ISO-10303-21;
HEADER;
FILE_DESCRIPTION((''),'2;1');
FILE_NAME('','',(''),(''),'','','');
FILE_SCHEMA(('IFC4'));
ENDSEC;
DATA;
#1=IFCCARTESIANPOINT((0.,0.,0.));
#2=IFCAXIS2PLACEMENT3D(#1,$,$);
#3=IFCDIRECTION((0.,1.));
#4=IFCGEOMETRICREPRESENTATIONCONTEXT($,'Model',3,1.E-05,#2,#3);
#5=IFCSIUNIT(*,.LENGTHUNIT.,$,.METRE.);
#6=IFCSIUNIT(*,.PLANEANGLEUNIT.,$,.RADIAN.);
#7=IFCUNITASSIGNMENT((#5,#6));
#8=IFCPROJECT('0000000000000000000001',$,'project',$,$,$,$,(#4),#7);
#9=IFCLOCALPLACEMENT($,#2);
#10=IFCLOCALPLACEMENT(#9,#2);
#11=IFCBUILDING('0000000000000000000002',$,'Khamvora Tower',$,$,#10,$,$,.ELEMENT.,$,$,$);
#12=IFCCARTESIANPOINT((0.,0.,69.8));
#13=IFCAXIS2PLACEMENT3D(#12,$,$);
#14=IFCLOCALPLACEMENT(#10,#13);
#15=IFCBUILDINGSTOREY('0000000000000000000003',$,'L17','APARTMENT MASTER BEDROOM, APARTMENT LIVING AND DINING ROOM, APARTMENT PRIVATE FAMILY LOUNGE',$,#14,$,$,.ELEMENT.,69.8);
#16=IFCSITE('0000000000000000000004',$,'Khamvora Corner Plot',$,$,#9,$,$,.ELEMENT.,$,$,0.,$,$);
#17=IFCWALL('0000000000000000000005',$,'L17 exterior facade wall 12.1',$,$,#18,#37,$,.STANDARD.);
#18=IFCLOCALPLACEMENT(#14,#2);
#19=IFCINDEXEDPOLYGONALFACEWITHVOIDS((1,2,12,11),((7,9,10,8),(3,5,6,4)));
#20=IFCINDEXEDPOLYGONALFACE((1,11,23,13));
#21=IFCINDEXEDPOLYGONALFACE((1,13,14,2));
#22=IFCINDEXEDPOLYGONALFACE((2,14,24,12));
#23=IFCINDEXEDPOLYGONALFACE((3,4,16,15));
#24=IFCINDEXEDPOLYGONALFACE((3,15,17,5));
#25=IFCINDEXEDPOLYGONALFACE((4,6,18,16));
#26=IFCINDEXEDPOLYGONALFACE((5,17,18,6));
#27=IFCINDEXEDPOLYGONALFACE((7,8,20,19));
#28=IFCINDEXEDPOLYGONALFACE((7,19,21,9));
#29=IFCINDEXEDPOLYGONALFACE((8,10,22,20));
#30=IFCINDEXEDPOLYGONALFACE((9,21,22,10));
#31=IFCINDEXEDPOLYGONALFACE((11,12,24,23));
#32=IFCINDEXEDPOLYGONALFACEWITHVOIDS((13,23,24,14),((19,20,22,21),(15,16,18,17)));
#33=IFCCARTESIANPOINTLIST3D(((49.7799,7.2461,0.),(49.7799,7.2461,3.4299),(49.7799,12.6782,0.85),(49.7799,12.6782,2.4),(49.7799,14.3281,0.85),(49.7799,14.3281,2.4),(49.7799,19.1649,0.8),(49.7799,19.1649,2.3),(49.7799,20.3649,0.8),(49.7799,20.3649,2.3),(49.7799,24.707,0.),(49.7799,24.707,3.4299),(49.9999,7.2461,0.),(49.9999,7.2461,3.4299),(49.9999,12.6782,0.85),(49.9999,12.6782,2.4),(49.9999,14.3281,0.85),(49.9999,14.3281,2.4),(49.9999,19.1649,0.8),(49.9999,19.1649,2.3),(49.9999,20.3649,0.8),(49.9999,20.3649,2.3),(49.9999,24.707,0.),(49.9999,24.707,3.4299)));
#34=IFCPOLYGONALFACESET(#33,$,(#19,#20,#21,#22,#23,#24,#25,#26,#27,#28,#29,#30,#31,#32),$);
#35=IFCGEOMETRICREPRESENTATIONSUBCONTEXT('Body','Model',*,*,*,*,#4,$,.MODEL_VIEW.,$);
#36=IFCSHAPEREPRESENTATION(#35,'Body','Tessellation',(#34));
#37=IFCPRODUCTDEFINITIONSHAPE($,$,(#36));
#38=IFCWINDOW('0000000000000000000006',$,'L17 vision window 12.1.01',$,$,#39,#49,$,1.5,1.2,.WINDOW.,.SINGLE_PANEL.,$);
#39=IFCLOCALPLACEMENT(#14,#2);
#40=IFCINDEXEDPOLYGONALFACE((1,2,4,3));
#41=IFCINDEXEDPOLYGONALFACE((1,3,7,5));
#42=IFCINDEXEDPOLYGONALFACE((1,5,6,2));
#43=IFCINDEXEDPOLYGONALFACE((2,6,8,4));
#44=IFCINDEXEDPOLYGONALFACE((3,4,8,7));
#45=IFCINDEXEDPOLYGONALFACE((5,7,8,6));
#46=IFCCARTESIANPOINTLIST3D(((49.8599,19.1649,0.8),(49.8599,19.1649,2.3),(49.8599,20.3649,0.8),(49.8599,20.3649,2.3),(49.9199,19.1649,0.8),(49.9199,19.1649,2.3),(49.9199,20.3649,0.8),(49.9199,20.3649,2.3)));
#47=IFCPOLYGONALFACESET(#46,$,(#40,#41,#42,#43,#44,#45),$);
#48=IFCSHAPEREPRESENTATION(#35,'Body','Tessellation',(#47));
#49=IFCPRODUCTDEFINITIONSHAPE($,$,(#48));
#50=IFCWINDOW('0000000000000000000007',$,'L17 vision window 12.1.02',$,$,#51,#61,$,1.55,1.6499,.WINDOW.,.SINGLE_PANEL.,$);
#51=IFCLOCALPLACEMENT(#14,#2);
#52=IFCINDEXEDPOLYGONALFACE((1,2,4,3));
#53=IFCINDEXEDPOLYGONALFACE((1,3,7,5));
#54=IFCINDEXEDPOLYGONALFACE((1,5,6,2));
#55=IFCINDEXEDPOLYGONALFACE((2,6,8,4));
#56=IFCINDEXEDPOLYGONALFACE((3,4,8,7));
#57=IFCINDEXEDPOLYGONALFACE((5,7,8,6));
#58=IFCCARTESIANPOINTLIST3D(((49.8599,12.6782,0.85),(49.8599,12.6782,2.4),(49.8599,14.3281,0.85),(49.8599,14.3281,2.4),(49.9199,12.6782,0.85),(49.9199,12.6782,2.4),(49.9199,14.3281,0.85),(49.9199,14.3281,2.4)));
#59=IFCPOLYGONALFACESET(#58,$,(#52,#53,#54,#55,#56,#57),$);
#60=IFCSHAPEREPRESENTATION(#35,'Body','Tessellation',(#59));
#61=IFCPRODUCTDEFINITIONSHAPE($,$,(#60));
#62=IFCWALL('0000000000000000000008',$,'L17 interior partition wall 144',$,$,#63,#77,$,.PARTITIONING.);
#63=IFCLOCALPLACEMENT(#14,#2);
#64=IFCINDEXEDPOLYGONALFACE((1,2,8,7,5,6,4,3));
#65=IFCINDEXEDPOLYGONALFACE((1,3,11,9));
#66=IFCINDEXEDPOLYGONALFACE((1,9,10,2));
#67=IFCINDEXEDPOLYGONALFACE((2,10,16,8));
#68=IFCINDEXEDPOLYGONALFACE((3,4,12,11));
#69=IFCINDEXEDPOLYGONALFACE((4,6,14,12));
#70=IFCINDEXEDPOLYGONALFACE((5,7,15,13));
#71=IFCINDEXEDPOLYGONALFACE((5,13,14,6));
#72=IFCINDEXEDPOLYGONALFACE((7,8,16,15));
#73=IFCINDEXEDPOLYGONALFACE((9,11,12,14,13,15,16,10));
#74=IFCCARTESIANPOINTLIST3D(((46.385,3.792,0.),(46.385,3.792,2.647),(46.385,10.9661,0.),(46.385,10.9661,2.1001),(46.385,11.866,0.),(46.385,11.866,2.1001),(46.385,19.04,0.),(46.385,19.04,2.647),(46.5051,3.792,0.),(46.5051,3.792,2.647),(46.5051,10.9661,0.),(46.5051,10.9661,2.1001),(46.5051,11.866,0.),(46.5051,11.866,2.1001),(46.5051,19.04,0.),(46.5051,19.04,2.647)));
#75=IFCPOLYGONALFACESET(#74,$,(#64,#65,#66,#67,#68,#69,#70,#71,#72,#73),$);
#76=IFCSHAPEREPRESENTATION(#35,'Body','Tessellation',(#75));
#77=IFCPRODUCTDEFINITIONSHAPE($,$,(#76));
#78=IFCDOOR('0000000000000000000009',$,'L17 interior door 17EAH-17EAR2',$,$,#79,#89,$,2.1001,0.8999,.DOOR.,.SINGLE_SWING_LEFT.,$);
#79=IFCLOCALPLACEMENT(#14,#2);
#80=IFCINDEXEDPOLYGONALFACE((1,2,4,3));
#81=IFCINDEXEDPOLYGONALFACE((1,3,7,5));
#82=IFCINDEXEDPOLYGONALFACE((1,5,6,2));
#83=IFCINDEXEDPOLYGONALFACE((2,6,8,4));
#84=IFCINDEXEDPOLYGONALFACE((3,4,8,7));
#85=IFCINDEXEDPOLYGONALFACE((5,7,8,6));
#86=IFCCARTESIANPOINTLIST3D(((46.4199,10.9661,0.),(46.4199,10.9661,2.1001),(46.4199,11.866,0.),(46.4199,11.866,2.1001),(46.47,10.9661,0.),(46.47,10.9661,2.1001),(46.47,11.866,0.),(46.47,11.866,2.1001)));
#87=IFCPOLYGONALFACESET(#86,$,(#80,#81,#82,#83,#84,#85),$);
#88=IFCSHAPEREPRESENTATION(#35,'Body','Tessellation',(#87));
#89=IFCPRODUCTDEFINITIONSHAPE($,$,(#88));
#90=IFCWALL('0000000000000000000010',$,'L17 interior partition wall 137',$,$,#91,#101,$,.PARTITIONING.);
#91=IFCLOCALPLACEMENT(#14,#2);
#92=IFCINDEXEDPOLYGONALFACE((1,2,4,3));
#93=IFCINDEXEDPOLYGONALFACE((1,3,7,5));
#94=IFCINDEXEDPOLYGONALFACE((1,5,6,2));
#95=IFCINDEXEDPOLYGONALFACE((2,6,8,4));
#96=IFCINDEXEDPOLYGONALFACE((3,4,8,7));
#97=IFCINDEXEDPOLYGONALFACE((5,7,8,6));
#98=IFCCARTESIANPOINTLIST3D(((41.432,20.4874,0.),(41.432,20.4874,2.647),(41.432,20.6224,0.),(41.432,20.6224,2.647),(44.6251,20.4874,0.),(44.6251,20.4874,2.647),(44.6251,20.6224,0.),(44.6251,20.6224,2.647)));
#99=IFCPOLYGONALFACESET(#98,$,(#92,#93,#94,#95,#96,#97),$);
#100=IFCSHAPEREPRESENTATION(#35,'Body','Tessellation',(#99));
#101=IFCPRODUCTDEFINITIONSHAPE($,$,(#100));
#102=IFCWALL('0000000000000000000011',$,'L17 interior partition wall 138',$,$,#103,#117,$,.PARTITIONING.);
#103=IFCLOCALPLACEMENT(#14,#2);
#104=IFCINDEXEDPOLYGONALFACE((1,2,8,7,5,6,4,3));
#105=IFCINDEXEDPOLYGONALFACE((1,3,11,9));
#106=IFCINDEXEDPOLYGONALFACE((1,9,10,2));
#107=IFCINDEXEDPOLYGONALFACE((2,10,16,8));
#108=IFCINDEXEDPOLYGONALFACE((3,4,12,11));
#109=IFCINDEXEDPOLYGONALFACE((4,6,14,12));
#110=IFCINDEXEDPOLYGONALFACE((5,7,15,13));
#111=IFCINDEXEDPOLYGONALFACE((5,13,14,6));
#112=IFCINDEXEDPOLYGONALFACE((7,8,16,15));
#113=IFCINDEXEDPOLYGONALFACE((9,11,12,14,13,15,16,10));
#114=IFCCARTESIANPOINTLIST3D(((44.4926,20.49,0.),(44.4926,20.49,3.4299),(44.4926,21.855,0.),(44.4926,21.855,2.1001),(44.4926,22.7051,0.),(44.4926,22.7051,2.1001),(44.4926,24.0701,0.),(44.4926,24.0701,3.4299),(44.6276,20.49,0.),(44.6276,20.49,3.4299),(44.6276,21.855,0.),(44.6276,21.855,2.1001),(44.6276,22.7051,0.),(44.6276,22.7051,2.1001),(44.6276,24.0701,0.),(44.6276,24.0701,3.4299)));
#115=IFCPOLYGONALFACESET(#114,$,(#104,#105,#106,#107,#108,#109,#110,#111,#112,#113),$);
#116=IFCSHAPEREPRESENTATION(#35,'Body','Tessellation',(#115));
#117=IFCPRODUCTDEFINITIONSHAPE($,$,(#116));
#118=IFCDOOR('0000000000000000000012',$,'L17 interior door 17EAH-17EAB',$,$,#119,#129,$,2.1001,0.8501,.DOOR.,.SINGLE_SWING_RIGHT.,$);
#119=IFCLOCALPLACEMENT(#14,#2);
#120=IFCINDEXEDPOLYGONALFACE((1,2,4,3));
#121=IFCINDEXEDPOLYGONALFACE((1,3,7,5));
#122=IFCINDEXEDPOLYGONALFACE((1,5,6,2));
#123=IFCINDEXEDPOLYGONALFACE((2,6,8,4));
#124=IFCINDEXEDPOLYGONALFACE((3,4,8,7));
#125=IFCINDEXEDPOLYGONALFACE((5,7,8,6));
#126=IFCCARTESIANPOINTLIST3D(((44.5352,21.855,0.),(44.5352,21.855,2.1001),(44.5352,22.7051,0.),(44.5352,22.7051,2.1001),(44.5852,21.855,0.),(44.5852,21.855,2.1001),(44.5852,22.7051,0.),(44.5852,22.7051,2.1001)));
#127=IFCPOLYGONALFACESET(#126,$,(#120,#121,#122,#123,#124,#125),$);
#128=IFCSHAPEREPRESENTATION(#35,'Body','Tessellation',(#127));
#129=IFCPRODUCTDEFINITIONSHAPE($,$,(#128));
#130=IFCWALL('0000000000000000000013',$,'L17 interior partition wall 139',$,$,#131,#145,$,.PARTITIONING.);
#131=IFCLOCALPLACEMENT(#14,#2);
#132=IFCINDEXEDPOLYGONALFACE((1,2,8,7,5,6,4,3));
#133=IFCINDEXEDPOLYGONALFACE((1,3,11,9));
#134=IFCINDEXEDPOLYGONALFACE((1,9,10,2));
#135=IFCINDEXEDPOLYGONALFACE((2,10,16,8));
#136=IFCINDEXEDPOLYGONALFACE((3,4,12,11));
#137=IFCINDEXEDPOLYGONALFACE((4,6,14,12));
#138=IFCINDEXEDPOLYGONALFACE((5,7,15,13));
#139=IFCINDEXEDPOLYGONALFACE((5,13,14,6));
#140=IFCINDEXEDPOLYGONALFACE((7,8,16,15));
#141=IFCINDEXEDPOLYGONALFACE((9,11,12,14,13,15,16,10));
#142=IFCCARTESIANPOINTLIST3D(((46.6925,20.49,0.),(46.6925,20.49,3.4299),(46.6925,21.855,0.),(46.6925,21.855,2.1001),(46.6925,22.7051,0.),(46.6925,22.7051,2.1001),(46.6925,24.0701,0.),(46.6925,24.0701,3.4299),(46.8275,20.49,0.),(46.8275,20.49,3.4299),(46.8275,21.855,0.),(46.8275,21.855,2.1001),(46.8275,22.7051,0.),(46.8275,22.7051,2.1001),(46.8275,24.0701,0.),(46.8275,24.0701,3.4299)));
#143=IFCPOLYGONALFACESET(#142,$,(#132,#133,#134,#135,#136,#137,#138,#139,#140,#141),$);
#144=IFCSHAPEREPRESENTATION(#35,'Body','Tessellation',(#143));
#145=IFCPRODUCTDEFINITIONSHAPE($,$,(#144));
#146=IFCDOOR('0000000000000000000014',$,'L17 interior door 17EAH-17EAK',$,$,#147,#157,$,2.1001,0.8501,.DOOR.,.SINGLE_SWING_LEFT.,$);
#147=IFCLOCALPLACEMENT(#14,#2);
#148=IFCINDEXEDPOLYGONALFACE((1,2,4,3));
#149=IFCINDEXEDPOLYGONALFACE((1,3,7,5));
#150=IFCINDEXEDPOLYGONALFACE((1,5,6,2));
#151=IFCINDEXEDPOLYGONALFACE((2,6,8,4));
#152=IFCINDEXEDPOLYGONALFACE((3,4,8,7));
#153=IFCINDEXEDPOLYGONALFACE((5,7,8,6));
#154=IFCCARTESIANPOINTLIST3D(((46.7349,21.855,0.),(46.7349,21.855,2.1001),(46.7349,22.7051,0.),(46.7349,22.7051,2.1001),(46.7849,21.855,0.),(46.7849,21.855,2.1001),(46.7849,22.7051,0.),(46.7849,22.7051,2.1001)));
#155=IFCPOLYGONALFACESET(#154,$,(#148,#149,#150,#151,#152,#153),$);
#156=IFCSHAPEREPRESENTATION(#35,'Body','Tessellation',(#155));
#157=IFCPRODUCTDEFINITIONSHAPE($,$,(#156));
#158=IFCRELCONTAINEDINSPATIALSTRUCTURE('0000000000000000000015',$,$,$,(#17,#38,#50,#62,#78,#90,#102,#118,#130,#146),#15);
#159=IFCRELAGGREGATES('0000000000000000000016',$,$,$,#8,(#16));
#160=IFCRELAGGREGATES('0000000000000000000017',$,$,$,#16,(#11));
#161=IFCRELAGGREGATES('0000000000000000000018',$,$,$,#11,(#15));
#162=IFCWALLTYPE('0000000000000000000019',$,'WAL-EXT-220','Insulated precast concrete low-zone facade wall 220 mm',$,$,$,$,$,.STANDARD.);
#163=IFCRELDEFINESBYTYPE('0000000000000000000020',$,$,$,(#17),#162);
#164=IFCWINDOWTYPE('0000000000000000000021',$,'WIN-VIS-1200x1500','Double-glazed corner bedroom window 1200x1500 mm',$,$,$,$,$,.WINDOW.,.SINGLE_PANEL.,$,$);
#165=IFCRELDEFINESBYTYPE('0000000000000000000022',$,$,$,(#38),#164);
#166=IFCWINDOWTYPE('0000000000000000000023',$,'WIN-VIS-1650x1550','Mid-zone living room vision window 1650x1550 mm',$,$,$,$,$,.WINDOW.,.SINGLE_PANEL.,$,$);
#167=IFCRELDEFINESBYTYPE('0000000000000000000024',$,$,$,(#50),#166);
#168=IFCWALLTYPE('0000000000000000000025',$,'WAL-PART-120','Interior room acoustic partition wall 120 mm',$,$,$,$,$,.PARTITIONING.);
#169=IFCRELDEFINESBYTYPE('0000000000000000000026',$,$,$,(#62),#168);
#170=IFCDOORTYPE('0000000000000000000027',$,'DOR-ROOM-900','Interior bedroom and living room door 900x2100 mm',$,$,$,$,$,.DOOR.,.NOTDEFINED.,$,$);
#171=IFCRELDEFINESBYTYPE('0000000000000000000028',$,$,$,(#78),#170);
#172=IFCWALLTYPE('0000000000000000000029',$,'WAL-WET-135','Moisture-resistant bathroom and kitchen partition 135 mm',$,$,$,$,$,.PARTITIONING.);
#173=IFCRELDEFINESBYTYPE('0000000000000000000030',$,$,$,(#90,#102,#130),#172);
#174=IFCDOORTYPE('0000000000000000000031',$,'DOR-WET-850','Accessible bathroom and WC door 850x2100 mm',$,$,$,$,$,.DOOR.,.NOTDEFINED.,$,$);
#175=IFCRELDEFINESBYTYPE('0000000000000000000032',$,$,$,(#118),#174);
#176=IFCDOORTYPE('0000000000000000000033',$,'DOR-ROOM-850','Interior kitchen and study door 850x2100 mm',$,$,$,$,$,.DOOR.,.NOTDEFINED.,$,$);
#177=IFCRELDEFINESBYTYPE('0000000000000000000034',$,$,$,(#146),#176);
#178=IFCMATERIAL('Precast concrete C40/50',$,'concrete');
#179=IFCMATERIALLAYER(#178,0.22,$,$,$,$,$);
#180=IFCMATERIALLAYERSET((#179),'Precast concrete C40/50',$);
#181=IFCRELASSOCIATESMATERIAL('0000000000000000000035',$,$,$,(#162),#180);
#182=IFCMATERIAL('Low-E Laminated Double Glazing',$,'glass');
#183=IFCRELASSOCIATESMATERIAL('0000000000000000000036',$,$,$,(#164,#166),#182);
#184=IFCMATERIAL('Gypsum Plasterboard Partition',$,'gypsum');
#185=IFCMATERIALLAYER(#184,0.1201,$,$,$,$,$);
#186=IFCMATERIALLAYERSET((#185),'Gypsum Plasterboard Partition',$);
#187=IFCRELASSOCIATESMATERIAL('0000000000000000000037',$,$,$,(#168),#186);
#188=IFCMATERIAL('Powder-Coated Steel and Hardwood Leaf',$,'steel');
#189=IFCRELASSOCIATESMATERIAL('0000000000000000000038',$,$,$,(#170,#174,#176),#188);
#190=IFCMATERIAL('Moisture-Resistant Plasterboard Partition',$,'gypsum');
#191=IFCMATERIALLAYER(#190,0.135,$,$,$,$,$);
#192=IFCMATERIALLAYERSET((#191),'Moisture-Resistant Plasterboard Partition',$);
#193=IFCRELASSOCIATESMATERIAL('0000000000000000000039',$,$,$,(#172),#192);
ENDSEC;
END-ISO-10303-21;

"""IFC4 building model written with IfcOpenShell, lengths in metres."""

from ifc_helpers import new_model, si_unit, direction, frame, frame_2d, origin, place, context, subcontext, project, spatial, rectangle, extrude, material, layer, layer_set, type_object, element, fill, save


model = new_model("IFC4")

# Units and contexts
model_context = context("Model", 3, precision=1e-05, world=origin(), true_north=direction((0.0, 1.0)))
body_context = subcontext(model_context, "Body", "Model", "MODEL_VIEW")
ifc_project = project(units=[si_unit("LENGTHUNIT", "METRE"), si_unit("PLANEANGLEUNIT", "RADIAN")], contexts=[model_context])

# Site, building, storey
site_placement = place(None, origin())
site = spatial("IfcSite", under=ifc_project, at=site_placement, Name="Khamvora Corner Plot", CompositionType="ELEMENT", RefElevation=0.0)
building_placement = place(site_placement, origin())
building = spatial("IfcBuilding", under=site, at=building_placement, Name="Khamvora Tower", CompositionType="ELEMENT")
storey_placement = place(building_placement, frame((0.0, 0.0, 69.8)))
storey = spatial("IfcBuildingStorey", under=building, at=storey_placement, Name="L17", Description="APARTMENT MASTER BEDROOM, APARTMENT LIVING AND DINING ROOM, APARTMENT PRIVATE FAMILY LOUNGE", CompositionType="ELEMENT", Elevation=69.8)

# Shared definitions
ifc_material_1 = material(Name="Powder-Coated Steel and Hardwood Leaf", Category="steel")

# Wall, openings, windows
ifc_material_2 = material(Name="Precast concrete C40/50", Category="concrete")
ifc_layer_1 = layer(ifc_material_2, 0.22)
ifc_layer_set_1 = layer_set([ifc_layer_1], Name="Precast concrete C40/50")
wall_type_1 = type_object("IfcWallType", Name="WAL-EXT-220", Description="Insulated precast concrete low-zone facade wall 220 mm", PredefinedType="STANDARD", material=ifc_layer_set_1)
wall_1_placement = place(storey_placement, frame((49.8899, 24.707, 0.0), z_axis=(0.0, 0.0, 1.0), x_axis=(0.0, -1.0, 0.0)))
wall_1 = element("IfcWall", 1, at=wall_1_placement, inside=storey, type_object=wall_type_1, Name="L17 exterior facade wall 12.1", PredefinedType="STANDARD", context=body_context, shape_type="SweptSolid", body=[
    extrude(rectangle(XDim=17.4609, YDim=0.22, at=frame_2d((8.7305, 0.0))), origin(), (0.0, 0.0, 1.0), 3.4299),
])
opening_1_placement = place(wall_1_placement, frame((4.342, 0.0, 0.8)))
opening_1 = element("IfcOpeningElement", 2, at=opening_1_placement, cuts=wall_1, PredefinedType="OPENING", context=body_context, shape_type="SweptSolid", body=[
    extrude(rectangle(XDim=1.2, YDim=1.5, at=frame_2d((0.6001, 0.75))), frame((0.0, 0.1199, 0.0), z_axis=(0.0, -1.0, 0.0), x_axis=(1.0, 0.0, 0.0)), (0.0, 0.0, 1.0), 0.24),
])
opening_2_placement = place(wall_1_placement, frame((10.3789, 0.0, 0.8501)))
opening_2 = element("IfcOpeningElement", 3, at=opening_2_placement, cuts=wall_1, PredefinedType="OPENING", context=body_context, shape_type="SweptSolid", body=[
    extrude(rectangle(XDim=1.6499, YDim=1.55, at=frame_2d((0.825, 0.7749))), frame((0.0, 0.1199, 0.0), z_axis=(0.0, -1.0, 0.0), x_axis=(1.0, 0.0, 0.0)), (0.0, 0.0, 1.0), 0.24),
])
ifc_material_3 = material(Name="Low-E Laminated Double Glazing", Category="glass")
window_type_1 = type_object("IfcWindowType", Name="WIN-VIS-1200x1500", Description="Double-glazed corner bedroom window 1200x1500 mm", PartitioningType="SINGLE_PANEL", PredefinedType="WINDOW", material=ifc_material_3)
window_1_placement = place(opening_1_placement, origin())
window_1 = element("IfcWindow", 4, at=window_1_placement, inside=storey, type_object=window_type_1, Name="L17 vision window 12.1.01", OverallHeight=1.5, OverallWidth=1.2, PartitioningType="SINGLE_PANEL", PredefinedType="WINDOW", context=body_context, shape_type="SweptSolid", body=[
    extrude(rectangle(XDim=1.2, YDim=1.5, at=frame_2d((0.6001, 0.75))), frame((0.0, 0.03, 0.0), z_axis=(0.0, -1.0, 0.0), x_axis=(1.0, 0.0, 0.0)), (0.0, 0.0, 1.0), 0.0601),
])
fill(opening_1, window_1)
window_type_2 = type_object("IfcWindowType", Name="WIN-VIS-1650x1550", Description="Mid-zone living room vision window 1650x1550 mm", PartitioningType="SINGLE_PANEL", PredefinedType="WINDOW", material=ifc_material_3)
window_2_placement = place(opening_2_placement, origin())
window_2 = element("IfcWindow", 5, at=window_2_placement, inside=storey, type_object=window_type_2, Name="L17 vision window 12.1.02", OverallHeight=1.55, OverallWidth=1.6499, PartitioningType="SINGLE_PANEL", PredefinedType="WINDOW", context=body_context, shape_type="SweptSolid", body=[
    extrude(rectangle(XDim=1.6499, YDim=1.55, at=frame_2d((0.825, 0.7749))), frame((0.0, 0.03, 0.0), z_axis=(0.0, -1.0, 0.0), x_axis=(1.0, 0.0, 0.0)), (0.0, 0.0, 1.0), 0.0601),
])
fill(opening_2, window_2)

# Wall, opening, door
ifc_material_4 = material(Name="Gypsum Plasterboard Partition", Category="gypsum")
ifc_layer_2 = layer(ifc_material_4, 0.1201)
ifc_layer_set_2 = layer_set([ifc_layer_2], Name="Gypsum Plasterboard Partition")
wall_type_2 = type_object("IfcWallType", Name="WAL-PART-120", Description="Interior room acoustic partition wall 120 mm", PredefinedType="PARTITIONING", material=ifc_layer_set_2)
wall_2_placement = place(storey_placement, frame((46.4451, 19.04, 0.0), z_axis=(0.0, 0.0, 1.0), x_axis=(0.0, -1.0, 0.0)))
wall_2 = element("IfcWall", 6, at=wall_2_placement, inside=storey, type_object=wall_type_2, Name="L17 interior partition wall 144", PredefinedType="PARTITIONING", context=body_context, shape_type="SweptSolid", body=[
    extrude(rectangle(XDim=15.248, YDim=0.1201, at=frame_2d((7.624, 0.0))), origin(), (0.0, 0.0, 1.0), 2.647),
])
opening_3_placement = place(wall_2_placement, frame((7.1741, 0.0, 0.0)))
opening_3 = element("IfcOpeningElement", 7, at=opening_3_placement, cuts=wall_2, PredefinedType="OPENING", context=body_context, shape_type="SweptSolid", body=[
    extrude(rectangle(XDim=0.8999, YDim=2.1001, at=frame_2d((0.45, 1.05))), frame((0.0, 0.0701, 0.0), z_axis=(0.0, -1.0, 0.0), x_axis=(1.0, 0.0, 0.0)), (0.0, 0.0, 1.0), 0.1401),
])
door_type_1 = type_object("IfcDoorType", Name="DOR-ROOM-900", Description="Interior bedroom and living room door 900x2100 mm", OperationType="NOTDEFINED", PredefinedType="DOOR", material=ifc_material_1)
door_1_placement = place(opening_3_placement, origin())
door_1 = element("IfcDoor", 8, at=door_1_placement, inside=storey, type_object=door_type_1, Name="L17 interior door 17EAH-17EAR2", OperationType="SINGLE_SWING_LEFT", OverallHeight=2.1001, OverallWidth=0.8999, PredefinedType="DOOR", context=body_context, shape_type="SweptSolid", body=[
    extrude(rectangle(XDim=0.8999, YDim=2.1001, at=frame_2d((0.45, 1.05))), frame((0.0, 0.0249, 0.0), z_axis=(0.0, -1.0, 0.0), x_axis=(1.0, 0.0, 0.0)), (0.0, 0.0, 1.0), 0.05),
])
fill(opening_3, door_1)

# Wall
ifc_material_5 = material(Name="Moisture-Resistant Plasterboard Partition", Category="gypsum")
ifc_layer_3 = layer(ifc_material_5, 0.135)
ifc_layer_set_3 = layer_set([ifc_layer_3], Name="Moisture-Resistant Plasterboard Partition")
wall_type_3 = type_object("IfcWallType", Name="WAL-WET-135", Description="Moisture-resistant bathroom and kitchen partition 135 mm", PredefinedType="PARTITIONING", material=ifc_layer_set_3)
wall_3_placement = place(storey_placement, frame((41.4319, 20.5549, 0.0), z_axis=(0.0, 0.0, 1.0), x_axis=(1.0, 0.0, 0.0)))
element("IfcWall", 9, at=wall_3_placement, inside=storey, type_object=wall_type_3, Name="L17 interior partition wall 137", PredefinedType="PARTITIONING", context=body_context, shape_type="SweptSolid", body=[
    extrude(rectangle(XDim=3.1931, YDim=0.135, at=frame_2d((1.5967, 0.0))), origin(), (0.0, 0.0, 1.0), 2.647),
])

# Walls, openings, doors
wall_4_placement = place(storey_placement, frame((44.5601, 20.49, 0.0), z_axis=(0.0, 0.0, 1.0), x_axis=(0.0, 1.0, 0.0)))
wall_4 = element("IfcWall", 10, at=wall_4_placement, inside=storey, type_object=wall_type_3, Name="L17 interior partition wall 138", PredefinedType="PARTITIONING", context=body_context, shape_type="SweptSolid", body=[
    extrude(rectangle(XDim=3.5801, YDim=0.135, at=frame_2d((1.79, 0.0))), origin(), (0.0, 0.0, 1.0), 3.4299),
])
opening_4_placement = place(wall_4_placement, frame((1.365, 0.0, 0.0)))
opening_4 = element("IfcOpeningElement", 11, at=opening_4_placement, cuts=wall_4, PredefinedType="OPENING", context=body_context, shape_type="SweptSolid", body=[
    extrude(rectangle(XDim=0.8501, YDim=2.1001, at=frame_2d((0.425, 1.05))), frame((0.0, 0.0774, 0.0), z_axis=(0.0, -1.0, 0.0), x_axis=(1.0, 0.0, 0.0)), (0.0, 0.0, 1.0), 0.155),
])
door_type_2 = type_object("IfcDoorType", Name="DOR-WET-850", Description="Accessible bathroom and WC door 850x2100 mm", OperationType="NOTDEFINED", PredefinedType="DOOR", material=ifc_material_1)
door_2_placement = place(opening_4_placement, origin())
door_2 = element("IfcDoor", 12, at=door_2_placement, inside=storey, type_object=door_type_2, Name="L17 interior door 17EAH-17EAB", OperationType="SINGLE_SWING_RIGHT", OverallHeight=2.1001, OverallWidth=0.8501, PredefinedType="DOOR", context=body_context, shape_type="SweptSolid", body=[
    extrude(rectangle(XDim=0.8501, YDim=2.1001, at=frame_2d((0.425, 1.05))), frame((0.0, 0.0249, 0.0), z_axis=(0.0, -1.0, 0.0), x_axis=(1.0, 0.0, 0.0)), (0.0, 0.0, 1.0), 0.05),
])
fill(opening_4, door_2)
wall_5_placement = place(storey_placement, frame((46.76, 24.0701, 0.0), z_axis=(0.0, 0.0, 1.0), x_axis=(0.0, -1.0, 0.0)))
wall_5 = element("IfcWall", 13, at=wall_5_placement, inside=storey, type_object=wall_type_3, Name="L17 interior partition wall 139", PredefinedType="PARTITIONING", context=body_context, shape_type="SweptSolid", body=[
    extrude(rectangle(XDim=3.5801, YDim=0.135, at=frame_2d((1.79, 0.0))), origin(), (0.0, 0.0, 1.0), 3.4299),
])
opening_5_placement = place(wall_5_placement, frame((1.365, 0.0, 0.0)))
opening_5 = element("IfcOpeningElement", 14, at=opening_5_placement, cuts=wall_5, PredefinedType="OPENING", context=body_context, shape_type="SweptSolid", body=[
    extrude(rectangle(XDim=0.8501, YDim=2.1001, at=frame_2d((0.425, 1.05))), frame((0.0, 0.0774, 0.0), z_axis=(0.0, -1.0, 0.0), x_axis=(1.0, 0.0, 0.0)), (0.0, 0.0, 1.0), 0.155),
])
door_type_3 = type_object("IfcDoorType", Name="DOR-ROOM-850", Description="Interior kitchen and study door 850x2100 mm", OperationType="NOTDEFINED", PredefinedType="DOOR", material=ifc_material_1)
door_3_placement = place(opening_5_placement, origin())
door_3 = element("IfcDoor", 15, at=door_3_placement, inside=storey, type_object=door_type_3, Name="L17 interior door 17EAH-17EAK", OperationType="SINGLE_SWING_LEFT", OverallHeight=2.1001, OverallWidth=0.8501, PredefinedType="DOOR", context=body_context, shape_type="SweptSolid", body=[
    extrude(rectangle(XDim=0.8501, YDim=2.1001, at=frame_2d((0.425, 1.05))), frame((0.0, 0.0249, 0.0), z_axis=(0.0, -1.0, 0.0), x_axis=(1.0, 0.0, 0.0)), (0.0, 0.0, 1.0), 0.05),
])
fill(opening_5, door_3)

save(model, "model.ifc")
